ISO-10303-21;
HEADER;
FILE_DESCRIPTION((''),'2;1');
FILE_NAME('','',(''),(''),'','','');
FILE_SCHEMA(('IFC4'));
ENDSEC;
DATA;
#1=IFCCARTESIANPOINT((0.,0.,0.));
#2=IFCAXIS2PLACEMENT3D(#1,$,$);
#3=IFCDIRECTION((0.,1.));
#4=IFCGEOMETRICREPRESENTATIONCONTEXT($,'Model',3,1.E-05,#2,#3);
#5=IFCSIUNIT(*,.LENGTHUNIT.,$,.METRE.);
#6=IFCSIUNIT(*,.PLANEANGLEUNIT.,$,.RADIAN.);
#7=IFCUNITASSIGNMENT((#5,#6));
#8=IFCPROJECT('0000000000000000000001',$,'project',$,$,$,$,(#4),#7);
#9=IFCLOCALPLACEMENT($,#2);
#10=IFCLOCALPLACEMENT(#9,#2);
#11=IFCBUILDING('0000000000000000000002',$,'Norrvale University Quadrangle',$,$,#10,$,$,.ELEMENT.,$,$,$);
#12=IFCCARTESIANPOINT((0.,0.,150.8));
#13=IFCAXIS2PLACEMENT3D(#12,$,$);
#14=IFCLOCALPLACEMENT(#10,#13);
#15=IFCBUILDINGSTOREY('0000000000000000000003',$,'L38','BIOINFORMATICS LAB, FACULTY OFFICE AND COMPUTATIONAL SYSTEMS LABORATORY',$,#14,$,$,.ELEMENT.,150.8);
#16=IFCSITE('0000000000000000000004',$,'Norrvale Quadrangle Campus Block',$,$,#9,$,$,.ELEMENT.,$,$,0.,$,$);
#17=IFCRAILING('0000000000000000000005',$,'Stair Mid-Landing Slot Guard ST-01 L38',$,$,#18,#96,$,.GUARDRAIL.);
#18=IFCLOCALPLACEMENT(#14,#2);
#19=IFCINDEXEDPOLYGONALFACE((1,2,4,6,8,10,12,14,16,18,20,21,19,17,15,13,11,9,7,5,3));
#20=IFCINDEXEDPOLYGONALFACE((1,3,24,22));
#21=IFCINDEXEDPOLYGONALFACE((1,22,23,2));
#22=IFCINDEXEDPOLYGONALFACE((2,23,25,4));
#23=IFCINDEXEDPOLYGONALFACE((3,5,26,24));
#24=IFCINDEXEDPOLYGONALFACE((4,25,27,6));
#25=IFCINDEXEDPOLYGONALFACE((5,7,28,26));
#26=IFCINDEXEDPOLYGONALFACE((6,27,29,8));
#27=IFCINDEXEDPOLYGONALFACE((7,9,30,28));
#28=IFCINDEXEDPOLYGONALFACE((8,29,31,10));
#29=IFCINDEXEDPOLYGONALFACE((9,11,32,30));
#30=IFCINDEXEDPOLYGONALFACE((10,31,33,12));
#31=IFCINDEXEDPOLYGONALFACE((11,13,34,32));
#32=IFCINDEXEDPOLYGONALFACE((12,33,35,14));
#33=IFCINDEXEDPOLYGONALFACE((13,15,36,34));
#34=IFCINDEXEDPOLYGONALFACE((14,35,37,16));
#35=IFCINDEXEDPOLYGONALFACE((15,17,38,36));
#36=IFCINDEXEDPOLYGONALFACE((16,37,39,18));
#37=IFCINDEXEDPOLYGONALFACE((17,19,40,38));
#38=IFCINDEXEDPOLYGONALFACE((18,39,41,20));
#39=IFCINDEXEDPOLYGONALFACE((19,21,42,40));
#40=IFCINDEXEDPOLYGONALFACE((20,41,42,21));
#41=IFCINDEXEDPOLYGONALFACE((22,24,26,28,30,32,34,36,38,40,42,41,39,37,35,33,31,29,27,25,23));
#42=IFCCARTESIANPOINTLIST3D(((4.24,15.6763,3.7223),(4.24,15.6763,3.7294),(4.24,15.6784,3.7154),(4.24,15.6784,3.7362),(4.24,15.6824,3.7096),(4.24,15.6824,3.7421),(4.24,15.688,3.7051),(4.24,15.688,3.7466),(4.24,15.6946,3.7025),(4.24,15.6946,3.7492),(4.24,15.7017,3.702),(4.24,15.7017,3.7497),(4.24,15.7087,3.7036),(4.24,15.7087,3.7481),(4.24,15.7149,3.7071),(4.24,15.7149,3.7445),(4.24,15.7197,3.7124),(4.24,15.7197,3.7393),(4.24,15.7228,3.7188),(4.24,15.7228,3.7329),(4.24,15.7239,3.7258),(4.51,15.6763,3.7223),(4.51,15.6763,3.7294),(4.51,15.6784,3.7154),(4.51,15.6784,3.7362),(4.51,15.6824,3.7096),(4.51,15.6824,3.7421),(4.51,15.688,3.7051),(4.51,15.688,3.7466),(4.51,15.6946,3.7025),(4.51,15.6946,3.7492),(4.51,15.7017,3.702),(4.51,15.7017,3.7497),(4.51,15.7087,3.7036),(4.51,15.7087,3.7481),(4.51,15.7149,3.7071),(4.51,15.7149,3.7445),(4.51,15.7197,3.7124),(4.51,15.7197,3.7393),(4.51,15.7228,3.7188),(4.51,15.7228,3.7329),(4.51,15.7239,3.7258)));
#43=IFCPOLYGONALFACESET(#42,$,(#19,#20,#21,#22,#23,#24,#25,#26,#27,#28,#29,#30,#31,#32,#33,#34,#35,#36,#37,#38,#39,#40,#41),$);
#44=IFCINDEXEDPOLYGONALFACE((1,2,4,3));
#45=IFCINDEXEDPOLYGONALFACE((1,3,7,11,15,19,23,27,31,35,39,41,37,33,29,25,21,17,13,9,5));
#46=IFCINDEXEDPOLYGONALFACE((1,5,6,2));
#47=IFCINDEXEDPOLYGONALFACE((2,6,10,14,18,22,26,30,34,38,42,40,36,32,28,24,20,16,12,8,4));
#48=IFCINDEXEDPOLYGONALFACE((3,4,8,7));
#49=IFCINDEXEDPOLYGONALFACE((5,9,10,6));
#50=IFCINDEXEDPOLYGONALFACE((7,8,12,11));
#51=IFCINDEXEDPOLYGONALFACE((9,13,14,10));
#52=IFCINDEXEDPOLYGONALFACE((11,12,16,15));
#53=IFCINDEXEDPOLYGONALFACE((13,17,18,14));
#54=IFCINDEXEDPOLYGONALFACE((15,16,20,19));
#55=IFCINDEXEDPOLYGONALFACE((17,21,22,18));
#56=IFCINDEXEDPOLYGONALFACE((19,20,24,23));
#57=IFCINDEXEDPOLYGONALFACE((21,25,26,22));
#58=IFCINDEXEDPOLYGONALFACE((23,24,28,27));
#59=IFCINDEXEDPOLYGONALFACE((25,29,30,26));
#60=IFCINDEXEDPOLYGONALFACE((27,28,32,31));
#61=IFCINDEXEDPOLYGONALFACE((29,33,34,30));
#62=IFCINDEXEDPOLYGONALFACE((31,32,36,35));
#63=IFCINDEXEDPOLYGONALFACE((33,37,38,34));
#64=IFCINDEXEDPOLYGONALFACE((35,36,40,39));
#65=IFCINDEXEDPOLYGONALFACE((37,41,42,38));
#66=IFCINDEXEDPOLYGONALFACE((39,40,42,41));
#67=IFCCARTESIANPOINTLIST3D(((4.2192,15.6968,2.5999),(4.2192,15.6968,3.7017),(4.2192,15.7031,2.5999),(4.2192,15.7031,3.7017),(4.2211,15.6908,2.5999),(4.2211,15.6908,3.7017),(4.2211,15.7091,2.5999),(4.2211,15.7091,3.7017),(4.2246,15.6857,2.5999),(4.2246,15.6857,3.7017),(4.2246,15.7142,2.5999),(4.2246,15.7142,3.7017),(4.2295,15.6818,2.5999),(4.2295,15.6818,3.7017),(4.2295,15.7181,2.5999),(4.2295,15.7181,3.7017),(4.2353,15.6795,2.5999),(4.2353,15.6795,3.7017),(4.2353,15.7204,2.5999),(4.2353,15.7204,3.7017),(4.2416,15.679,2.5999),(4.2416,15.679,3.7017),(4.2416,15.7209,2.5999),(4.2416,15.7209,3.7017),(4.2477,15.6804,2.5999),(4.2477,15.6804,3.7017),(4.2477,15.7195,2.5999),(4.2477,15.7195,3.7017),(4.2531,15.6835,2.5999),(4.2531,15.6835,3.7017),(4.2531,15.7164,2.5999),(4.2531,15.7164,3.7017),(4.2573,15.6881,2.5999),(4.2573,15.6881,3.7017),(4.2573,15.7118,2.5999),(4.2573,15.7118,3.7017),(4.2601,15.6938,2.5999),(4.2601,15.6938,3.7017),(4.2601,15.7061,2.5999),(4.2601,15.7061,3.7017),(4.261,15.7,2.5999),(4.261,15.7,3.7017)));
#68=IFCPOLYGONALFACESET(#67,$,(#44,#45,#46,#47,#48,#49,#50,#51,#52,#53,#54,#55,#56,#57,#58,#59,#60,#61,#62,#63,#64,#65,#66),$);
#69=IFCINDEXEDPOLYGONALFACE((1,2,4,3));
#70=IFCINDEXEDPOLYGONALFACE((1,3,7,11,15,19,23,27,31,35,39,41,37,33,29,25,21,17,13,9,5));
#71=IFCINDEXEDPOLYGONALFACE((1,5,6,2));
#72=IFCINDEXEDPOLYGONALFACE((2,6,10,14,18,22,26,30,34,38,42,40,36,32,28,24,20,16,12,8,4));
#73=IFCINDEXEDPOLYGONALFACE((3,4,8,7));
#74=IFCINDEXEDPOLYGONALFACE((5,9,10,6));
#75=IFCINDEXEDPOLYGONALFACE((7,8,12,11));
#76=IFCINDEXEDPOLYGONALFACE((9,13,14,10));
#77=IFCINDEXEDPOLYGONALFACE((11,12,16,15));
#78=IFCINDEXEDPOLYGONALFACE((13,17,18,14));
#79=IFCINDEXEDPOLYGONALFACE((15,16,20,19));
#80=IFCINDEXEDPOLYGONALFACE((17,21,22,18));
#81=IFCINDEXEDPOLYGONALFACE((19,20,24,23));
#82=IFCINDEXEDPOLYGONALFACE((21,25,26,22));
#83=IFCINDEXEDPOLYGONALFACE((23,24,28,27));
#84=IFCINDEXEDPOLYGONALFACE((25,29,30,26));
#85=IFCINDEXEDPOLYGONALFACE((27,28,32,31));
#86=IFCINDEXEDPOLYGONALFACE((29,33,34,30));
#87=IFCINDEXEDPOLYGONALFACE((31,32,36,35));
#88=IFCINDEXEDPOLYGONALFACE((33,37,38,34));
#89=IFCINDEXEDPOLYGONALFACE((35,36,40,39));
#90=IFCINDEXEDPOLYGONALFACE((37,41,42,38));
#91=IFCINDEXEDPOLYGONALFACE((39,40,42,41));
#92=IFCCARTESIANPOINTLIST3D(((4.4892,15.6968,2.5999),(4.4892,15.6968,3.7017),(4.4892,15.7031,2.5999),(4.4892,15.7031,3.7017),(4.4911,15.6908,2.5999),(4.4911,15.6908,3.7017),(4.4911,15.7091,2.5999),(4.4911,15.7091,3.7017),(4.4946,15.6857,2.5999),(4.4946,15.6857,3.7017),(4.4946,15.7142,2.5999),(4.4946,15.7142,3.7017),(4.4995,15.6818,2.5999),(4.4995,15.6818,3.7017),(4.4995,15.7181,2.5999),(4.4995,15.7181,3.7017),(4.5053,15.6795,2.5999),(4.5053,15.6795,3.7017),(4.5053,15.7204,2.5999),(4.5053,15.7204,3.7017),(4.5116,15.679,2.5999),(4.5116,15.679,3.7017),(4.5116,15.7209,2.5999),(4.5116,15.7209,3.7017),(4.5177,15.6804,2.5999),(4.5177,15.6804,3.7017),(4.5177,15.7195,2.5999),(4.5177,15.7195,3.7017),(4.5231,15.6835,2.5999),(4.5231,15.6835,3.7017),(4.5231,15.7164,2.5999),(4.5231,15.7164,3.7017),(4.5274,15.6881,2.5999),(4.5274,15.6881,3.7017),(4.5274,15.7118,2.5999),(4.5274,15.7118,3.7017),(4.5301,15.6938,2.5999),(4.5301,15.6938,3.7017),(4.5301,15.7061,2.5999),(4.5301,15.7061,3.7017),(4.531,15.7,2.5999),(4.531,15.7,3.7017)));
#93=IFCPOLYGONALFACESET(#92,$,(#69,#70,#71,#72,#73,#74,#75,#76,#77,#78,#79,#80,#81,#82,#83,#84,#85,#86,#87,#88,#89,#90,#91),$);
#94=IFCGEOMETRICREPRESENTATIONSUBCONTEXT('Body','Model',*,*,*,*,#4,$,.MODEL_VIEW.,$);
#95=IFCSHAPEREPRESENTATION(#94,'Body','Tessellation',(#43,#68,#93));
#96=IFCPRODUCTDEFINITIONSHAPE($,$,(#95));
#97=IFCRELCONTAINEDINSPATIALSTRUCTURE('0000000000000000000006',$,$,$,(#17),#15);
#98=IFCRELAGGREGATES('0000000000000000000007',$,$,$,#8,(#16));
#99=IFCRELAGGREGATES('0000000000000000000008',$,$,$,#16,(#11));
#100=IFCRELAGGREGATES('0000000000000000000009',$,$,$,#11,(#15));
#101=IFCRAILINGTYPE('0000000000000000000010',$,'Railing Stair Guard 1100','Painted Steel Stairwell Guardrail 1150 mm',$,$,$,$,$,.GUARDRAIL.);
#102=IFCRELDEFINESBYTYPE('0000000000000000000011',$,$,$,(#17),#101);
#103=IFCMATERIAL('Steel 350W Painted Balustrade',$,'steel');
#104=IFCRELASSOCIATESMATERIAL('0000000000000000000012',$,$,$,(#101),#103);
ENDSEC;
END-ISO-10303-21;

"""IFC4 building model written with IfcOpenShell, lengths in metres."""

from ifc_helpers import new_model, si_unit, direction, frame, origin, origin_2d, place, context, subcontext, project, spatial, circle, extrude, material, type_object, element, save


model = new_model("IFC4")

# Units and contexts
model_context = context("Model", 3, precision=1e-05, world=origin(), true_north=direction((0.0, 1.0)))
body_context = subcontext(model_context, "Body", "Model", "MODEL_VIEW")
ifc_project = project(units=[si_unit("LENGTHUNIT", "METRE"), si_unit("PLANEANGLEUNIT", "RADIAN")], contexts=[model_context])

# Site, building, storey
site_placement = place(None, origin())
site = spatial("IfcSite", under=ifc_project, at=site_placement, Name="Norrvale Quadrangle Campus Block", CompositionType="ELEMENT", RefElevation=0.0)
building_placement = place(site_placement, origin())
building = spatial("IfcBuilding", under=site, at=building_placement, Name="Norrvale University Quadrangle", CompositionType="ELEMENT")
storey_placement = place(building_placement, frame((0.0, 0.0, 150.8)))
storey = spatial("IfcBuildingStorey", under=building, at=storey_placement, Name="L38", Description="BIOINFORMATICS LAB, FACULTY OFFICE AND COMPUTATIONAL SYSTEMS LABORATORY", CompositionType="ELEMENT", Elevation=150.8)

# Railing
ifc_material_1 = material(Name="Steel 350W Painted Balustrade", Category="steel")
railing_type_1 = type_object("IfcRailingType", Name="Railing Stair Guard 1100", Description="Painted Steel Stairwell Guardrail 1150 mm", PredefinedType="GUARDRAIL", material=ifc_material_1)
railing_1_placement = place(storey_placement, frame((4.24, 15.7, 2.5999)))
element("IfcRailing", 1, at=railing_1_placement, inside=storey, type_object=railing_type_1, Name="Stair Mid-Landing Slot Guard ST-01 L38", PredefinedType="GUARDRAIL", context=body_context, shape_type="SweptSolid", body=[
    extrude(circle(Radius=0.0239, at=origin_2d()), frame((0.0, 0.0, 1.126), z_axis=(1.0, 0.0, 0.0), x_axis=(0.0, 1.0, 0.0)), (0.0, 0.0, 1.0), 0.27),
    extrude(circle(Radius=0.021, at=origin_2d()), origin(), (0.0, 0.0, 1.0), 1.1018),
    extrude(circle(Radius=0.021, at=origin_2d()), frame((0.27, 0.0, 0.0)), (0.0, 0.0, 1.0), 1.1018),
])

save(model, "model.ifc")
